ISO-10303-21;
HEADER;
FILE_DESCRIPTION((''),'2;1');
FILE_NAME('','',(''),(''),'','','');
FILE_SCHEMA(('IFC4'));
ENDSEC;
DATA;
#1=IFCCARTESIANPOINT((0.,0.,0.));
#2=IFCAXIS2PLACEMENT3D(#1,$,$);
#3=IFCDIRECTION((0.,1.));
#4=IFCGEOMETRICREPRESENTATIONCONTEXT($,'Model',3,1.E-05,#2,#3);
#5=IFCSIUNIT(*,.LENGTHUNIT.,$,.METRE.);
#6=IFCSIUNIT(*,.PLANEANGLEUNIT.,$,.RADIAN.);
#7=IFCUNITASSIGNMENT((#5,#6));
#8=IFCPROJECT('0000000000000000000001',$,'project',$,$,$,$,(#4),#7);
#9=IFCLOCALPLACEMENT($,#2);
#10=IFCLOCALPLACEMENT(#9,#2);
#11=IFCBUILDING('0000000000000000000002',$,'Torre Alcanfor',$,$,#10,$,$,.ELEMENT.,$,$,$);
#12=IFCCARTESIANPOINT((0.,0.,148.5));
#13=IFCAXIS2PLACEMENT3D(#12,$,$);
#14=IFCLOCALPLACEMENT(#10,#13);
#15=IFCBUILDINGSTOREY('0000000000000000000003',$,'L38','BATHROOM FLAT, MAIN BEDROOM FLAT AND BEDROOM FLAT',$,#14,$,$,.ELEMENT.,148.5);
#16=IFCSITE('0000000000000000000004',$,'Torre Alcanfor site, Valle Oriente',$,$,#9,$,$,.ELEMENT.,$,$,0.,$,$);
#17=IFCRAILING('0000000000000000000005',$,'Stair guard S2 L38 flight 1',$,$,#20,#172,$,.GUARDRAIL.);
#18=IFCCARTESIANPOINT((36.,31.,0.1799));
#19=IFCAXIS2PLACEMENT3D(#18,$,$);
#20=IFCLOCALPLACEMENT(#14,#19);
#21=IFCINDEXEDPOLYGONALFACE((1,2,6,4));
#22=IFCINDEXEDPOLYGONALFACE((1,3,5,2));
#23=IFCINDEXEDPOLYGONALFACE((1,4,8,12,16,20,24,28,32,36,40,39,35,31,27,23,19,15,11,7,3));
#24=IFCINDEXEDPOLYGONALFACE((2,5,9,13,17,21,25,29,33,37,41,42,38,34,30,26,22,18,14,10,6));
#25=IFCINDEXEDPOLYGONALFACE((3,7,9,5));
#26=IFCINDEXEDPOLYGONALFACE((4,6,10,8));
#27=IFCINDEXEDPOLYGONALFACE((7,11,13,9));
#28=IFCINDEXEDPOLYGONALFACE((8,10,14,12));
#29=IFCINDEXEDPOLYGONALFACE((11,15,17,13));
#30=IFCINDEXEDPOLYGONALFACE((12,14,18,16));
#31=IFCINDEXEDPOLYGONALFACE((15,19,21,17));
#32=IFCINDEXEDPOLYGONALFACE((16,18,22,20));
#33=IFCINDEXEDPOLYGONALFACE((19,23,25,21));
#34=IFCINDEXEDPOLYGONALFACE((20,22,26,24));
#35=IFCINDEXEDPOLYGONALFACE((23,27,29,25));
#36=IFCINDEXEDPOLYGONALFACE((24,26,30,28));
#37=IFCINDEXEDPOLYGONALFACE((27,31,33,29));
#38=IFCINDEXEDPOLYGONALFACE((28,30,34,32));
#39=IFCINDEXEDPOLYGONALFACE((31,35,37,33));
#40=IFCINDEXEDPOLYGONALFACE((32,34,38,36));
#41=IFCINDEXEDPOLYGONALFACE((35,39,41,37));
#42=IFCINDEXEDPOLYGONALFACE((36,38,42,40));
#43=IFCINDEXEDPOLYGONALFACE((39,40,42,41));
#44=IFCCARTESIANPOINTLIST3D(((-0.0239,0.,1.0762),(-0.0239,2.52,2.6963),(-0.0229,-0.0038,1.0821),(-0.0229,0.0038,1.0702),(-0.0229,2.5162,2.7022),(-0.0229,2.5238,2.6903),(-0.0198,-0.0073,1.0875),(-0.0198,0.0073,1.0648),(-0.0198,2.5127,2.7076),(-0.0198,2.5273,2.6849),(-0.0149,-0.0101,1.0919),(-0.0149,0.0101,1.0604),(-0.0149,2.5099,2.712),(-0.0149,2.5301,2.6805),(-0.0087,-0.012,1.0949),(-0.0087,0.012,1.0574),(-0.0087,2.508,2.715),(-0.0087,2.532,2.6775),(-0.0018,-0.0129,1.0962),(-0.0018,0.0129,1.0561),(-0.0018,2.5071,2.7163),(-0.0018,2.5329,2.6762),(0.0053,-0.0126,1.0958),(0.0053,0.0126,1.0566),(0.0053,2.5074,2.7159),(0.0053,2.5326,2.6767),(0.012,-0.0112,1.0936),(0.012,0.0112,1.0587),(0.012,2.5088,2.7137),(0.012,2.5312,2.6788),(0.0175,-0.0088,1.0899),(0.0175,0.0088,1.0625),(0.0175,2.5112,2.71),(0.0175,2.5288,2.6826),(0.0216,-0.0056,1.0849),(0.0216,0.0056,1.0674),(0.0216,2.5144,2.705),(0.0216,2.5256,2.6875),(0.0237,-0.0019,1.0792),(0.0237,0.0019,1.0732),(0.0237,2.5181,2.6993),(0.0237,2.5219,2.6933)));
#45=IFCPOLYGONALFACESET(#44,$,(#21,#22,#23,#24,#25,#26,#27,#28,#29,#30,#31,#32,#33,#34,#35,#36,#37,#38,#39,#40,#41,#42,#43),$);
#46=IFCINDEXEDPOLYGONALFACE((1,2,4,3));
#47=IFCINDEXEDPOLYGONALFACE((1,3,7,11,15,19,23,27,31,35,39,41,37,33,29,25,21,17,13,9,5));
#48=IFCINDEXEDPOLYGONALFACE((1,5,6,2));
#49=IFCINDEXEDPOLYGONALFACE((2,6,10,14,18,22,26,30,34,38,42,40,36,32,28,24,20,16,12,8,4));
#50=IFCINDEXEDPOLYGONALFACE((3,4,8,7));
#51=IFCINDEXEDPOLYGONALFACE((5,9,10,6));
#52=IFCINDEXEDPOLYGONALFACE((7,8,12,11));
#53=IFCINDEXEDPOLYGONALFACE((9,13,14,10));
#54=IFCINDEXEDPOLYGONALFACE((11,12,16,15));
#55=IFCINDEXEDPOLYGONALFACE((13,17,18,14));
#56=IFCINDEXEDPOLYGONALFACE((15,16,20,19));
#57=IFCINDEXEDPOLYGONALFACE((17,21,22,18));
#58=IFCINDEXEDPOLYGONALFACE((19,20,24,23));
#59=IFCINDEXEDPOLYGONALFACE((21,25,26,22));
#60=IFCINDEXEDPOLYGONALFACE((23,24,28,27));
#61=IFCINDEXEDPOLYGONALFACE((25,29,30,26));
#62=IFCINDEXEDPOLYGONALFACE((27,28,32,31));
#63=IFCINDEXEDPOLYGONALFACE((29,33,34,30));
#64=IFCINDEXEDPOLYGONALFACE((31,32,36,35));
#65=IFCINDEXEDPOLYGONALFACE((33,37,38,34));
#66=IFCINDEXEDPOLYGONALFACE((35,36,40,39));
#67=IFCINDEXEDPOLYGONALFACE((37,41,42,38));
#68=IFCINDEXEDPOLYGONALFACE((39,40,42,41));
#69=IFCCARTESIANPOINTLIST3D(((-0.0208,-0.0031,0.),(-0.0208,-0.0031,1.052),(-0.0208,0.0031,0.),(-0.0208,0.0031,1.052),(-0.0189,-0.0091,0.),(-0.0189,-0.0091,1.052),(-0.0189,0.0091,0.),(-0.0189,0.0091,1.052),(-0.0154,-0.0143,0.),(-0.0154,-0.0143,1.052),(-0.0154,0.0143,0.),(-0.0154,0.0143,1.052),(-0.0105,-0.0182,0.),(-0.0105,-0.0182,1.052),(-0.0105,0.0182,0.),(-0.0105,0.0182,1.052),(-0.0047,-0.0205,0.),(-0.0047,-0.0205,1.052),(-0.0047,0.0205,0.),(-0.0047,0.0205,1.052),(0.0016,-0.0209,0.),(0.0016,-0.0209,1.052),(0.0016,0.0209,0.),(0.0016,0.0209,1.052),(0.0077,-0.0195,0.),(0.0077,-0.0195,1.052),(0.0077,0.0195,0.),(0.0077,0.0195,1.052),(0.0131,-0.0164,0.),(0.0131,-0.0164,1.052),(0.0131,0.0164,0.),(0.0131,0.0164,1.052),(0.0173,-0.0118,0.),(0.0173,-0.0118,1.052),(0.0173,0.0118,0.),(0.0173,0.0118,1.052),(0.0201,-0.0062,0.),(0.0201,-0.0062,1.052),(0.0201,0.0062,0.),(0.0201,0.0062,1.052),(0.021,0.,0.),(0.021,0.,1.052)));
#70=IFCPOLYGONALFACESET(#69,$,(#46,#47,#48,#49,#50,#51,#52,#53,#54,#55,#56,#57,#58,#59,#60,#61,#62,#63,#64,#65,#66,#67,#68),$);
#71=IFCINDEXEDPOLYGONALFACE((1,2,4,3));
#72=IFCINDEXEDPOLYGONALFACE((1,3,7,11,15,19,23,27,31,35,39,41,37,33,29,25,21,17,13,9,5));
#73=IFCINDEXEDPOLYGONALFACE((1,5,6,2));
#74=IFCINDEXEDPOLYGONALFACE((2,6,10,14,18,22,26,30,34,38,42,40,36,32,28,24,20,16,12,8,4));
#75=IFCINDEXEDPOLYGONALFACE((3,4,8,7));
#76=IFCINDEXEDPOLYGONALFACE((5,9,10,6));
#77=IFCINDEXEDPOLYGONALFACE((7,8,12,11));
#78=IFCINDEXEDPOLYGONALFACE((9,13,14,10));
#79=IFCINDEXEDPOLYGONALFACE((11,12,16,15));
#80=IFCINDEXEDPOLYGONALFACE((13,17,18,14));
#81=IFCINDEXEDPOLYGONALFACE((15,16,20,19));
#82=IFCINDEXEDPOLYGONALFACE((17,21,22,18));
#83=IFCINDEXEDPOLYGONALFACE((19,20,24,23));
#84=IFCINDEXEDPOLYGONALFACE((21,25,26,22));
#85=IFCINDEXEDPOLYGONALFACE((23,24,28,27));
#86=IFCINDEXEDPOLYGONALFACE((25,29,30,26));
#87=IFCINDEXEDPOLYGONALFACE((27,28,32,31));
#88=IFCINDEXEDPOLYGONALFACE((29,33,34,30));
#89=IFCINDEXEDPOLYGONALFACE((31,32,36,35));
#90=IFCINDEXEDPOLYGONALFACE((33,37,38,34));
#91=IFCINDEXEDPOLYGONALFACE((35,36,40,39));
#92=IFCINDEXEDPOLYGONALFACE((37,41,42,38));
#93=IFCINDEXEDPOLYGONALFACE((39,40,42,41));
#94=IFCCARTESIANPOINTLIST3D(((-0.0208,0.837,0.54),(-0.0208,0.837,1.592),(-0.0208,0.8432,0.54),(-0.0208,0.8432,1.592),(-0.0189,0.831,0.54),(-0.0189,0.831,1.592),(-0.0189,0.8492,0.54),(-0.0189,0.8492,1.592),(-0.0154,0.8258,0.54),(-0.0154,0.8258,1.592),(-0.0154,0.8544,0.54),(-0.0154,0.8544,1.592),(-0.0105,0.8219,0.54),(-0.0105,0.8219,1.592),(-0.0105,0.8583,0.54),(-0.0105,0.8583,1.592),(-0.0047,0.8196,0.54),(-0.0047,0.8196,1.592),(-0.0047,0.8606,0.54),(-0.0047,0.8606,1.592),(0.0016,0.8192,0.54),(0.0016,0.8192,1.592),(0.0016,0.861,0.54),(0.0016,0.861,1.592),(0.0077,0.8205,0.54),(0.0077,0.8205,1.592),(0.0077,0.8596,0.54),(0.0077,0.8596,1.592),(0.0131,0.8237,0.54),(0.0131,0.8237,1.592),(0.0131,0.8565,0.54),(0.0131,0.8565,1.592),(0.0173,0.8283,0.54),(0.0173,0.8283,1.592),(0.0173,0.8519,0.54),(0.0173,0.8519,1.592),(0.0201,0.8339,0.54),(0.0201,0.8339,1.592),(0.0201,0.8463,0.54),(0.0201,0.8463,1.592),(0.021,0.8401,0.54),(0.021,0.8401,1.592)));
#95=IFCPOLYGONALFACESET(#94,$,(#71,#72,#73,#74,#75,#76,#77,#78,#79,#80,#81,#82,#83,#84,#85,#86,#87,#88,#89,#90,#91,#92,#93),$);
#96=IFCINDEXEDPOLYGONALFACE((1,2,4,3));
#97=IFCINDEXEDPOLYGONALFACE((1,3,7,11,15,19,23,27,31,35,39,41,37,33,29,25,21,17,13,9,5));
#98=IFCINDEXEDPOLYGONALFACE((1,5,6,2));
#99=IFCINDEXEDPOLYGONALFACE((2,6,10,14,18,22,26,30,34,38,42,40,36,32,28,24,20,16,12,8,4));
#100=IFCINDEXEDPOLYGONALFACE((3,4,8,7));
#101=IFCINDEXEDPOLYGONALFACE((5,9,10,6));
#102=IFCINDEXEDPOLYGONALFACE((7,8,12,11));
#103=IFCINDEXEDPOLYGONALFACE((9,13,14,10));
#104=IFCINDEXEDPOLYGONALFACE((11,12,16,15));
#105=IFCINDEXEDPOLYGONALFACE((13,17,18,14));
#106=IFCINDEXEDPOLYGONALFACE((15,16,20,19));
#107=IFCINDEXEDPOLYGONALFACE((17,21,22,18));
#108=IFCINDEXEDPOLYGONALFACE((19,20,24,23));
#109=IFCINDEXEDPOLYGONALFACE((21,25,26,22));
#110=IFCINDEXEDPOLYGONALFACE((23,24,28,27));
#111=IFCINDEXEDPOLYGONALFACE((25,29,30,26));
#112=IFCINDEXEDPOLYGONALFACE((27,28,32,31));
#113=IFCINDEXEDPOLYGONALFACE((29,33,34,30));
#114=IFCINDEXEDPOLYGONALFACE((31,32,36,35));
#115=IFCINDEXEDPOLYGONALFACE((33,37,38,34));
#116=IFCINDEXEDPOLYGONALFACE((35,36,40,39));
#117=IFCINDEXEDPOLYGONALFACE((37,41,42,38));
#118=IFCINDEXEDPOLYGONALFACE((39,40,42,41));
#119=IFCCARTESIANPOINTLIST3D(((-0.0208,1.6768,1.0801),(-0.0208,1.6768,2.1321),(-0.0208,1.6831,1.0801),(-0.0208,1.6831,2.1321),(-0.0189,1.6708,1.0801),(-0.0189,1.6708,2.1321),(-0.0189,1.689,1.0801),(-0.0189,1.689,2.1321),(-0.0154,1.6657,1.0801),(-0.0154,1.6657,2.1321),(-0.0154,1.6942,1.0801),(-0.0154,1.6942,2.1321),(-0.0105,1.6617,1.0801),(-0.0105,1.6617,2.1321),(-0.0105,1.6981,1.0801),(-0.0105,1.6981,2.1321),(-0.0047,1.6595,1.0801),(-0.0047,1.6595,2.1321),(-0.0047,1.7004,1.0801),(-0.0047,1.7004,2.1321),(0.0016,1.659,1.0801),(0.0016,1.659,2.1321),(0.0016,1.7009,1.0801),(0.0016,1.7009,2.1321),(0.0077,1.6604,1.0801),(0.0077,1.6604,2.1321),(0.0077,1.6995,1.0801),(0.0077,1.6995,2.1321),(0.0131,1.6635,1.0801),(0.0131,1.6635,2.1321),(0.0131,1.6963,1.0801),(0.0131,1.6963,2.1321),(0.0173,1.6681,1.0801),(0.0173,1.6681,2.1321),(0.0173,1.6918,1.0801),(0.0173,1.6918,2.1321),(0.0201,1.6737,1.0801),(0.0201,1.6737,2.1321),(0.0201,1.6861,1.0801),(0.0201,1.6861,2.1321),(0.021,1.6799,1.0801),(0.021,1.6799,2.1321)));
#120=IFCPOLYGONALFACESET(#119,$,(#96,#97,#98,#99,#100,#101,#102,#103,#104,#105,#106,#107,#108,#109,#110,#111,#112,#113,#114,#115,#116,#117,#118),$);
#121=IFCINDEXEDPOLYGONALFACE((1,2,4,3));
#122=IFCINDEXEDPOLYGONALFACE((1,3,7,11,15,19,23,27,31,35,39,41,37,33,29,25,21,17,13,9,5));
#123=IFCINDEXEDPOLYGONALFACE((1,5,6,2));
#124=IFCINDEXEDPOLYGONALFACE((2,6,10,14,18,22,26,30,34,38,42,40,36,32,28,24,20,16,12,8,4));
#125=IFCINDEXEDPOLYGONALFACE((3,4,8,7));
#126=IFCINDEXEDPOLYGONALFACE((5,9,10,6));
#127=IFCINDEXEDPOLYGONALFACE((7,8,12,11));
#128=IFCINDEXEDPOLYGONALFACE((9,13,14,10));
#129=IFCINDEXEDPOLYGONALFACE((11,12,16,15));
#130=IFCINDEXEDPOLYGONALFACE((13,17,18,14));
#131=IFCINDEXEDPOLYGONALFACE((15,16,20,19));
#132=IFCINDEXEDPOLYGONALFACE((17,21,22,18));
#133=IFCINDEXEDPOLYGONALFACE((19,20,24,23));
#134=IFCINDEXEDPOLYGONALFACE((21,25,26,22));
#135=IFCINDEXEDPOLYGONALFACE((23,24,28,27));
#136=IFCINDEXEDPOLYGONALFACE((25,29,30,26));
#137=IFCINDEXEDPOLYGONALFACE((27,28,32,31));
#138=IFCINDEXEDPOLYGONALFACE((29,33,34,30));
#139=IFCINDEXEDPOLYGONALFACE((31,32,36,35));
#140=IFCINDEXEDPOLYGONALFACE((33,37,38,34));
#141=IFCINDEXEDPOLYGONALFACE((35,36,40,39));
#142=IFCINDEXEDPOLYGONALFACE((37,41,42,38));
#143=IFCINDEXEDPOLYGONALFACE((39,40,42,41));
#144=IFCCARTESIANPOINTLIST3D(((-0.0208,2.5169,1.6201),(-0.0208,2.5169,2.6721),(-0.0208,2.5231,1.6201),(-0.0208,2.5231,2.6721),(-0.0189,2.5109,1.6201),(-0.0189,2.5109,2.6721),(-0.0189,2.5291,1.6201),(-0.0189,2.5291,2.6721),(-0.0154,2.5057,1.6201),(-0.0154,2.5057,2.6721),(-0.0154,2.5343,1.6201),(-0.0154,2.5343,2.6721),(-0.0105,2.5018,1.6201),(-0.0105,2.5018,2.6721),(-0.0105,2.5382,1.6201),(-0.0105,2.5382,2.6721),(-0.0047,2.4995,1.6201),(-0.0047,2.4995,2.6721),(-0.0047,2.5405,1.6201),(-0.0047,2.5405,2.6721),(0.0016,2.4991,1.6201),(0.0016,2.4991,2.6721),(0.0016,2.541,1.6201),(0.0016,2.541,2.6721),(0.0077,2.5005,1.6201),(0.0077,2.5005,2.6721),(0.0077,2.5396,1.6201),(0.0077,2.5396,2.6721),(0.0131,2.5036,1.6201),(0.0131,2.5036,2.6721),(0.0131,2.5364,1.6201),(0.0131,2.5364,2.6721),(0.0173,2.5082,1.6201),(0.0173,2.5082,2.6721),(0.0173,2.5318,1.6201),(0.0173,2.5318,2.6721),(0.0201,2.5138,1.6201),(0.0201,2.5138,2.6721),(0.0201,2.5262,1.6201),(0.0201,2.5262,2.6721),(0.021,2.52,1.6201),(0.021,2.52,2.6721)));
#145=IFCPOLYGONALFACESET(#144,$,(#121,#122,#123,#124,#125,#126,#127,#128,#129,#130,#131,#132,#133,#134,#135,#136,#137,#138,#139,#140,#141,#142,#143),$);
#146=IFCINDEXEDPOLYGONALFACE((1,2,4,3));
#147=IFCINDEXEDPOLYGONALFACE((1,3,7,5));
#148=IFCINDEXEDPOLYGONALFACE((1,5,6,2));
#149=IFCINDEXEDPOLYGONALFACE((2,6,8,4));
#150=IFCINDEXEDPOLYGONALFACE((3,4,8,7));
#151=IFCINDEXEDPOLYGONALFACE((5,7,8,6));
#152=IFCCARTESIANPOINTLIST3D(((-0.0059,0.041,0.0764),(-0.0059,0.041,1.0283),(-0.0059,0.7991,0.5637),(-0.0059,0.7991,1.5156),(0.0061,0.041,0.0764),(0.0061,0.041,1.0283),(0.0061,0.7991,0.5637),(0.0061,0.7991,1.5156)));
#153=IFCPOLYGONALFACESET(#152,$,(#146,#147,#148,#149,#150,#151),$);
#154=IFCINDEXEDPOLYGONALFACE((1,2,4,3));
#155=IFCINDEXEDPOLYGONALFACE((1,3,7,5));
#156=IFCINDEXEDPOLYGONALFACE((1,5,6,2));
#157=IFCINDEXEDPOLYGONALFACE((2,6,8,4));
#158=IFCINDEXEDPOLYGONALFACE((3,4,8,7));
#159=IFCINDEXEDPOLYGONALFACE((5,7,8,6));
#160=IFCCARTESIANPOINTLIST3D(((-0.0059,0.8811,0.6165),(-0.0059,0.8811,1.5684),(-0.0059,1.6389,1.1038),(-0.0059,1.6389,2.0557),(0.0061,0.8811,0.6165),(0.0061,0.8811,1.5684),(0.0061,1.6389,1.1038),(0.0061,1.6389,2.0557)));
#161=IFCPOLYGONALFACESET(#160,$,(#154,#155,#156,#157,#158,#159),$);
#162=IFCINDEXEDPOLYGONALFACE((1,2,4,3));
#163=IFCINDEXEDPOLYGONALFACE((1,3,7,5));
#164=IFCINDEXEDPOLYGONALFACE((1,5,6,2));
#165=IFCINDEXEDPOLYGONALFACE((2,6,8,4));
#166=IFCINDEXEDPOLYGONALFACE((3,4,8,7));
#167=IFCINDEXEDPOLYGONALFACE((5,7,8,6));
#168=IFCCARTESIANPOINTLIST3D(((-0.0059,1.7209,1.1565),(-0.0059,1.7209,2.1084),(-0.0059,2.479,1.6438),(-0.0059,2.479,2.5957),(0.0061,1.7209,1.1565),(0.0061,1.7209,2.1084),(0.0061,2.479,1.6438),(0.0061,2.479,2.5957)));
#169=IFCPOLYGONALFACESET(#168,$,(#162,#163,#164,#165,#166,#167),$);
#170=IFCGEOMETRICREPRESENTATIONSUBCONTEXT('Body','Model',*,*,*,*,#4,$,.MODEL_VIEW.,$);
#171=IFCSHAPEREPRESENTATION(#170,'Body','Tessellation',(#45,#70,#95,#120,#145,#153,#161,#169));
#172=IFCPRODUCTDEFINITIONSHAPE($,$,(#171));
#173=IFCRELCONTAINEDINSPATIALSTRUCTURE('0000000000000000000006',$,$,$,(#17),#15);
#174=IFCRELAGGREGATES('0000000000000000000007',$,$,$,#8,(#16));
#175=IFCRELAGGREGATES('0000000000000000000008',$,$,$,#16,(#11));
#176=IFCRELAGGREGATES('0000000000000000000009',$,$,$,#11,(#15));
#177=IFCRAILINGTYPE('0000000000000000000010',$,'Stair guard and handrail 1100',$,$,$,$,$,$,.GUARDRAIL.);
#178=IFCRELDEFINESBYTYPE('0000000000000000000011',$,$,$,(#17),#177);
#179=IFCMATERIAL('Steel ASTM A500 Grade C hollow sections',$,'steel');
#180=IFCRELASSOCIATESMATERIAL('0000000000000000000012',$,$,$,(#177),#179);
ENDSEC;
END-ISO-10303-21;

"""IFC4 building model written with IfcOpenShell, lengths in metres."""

from ifc_helpers import new_model, si_unit, direction, frame, origin, origin_2d, place, context, subcontext, project, spatial, polyline, circle, outline, extrude, material, type_object, element, save


model = new_model("IFC4")

# Units and contexts
model_context = context("Model", 3, precision=1e-05, world=origin(), true_north=direction((0.0, 1.0)))
body_context = subcontext(model_context, "Body", "Model", "MODEL_VIEW")
ifc_project = project(units=[si_unit("LENGTHUNIT", "METRE"), si_unit("PLANEANGLEUNIT", "RADIAN")], contexts=[model_context])

# Site, building, storey
site_placement = place(None, origin())
site = spatial("IfcSite", under=ifc_project, at=site_placement, Name="Torre Alcanfor site, Valle Oriente", CompositionType="ELEMENT", RefElevation=0.0)
building_placement = place(site_placement, origin())
building = spatial("IfcBuilding", under=site, at=building_placement, Name="Torre Alcanfor", CompositionType="ELEMENT")
storey_placement = place(building_placement, frame((0.0, 0.0, 148.5)))
storey = spatial("IfcBuildingStorey", under=building, at=storey_placement, Name="L38", Description="BATHROOM FLAT, MAIN BEDROOM FLAT AND BEDROOM FLAT", CompositionType="ELEMENT", Elevation=148.5)

# Railing
ifc_material_1 = material(Name="Steel ASTM A500 Grade C hollow sections", Category="steel")
railing_type_1 = type_object("IfcRailingType", Name="Stair guard and handrail 1100", PredefinedType="GUARDRAIL", material=ifc_material_1)
railing_1_placement = place(storey_placement, frame((36.0, 31.0, 0.1799)))
element("IfcRailing", 1, at=railing_1_placement, inside=storey, type_object=railing_type_1, Name="Stair guard S2 L38 flight 1", PredefinedType="GUARDRAIL", context=body_context, shape_type="SweptSolid", body=[
    extrude(circle(Radius=0.0239, at=origin_2d()), frame((0.0, 0.0, 1.0762), z_axis=(0.0, 0.841163, 0.540782), x_axis=(-1.0, 0.0, 0.0)), (0.0, 0.0, 1.0), 2.9958),
    extrude(circle(Radius=0.021, at=origin_2d()), origin(), (0.0, 0.0, 1.0), 1.052),
    extrude(circle(Radius=0.021, at=origin_2d()), frame((0.0, 0.8401, 0.54)), (0.0, 0.0, 1.0), 1.052),
    extrude(circle(Radius=0.021, at=origin_2d()), frame((0.0, 1.6799, 1.0801)), (0.0, 0.0, 1.0), 1.052),
    extrude(circle(Radius=0.021, at=origin_2d()), frame((0.0, 2.52, 1.6201)), (0.0, 0.0, 1.0), 1.052),
    extrude(outline(polyline([(0.041, 0.0764), (0.7991, 0.5637), (0.7991, 1.5156), (0.041, 1.0283), (0.041, 0.0764)])), frame((-0.0059, 0.0, 0.0), z_axis=(1.0, 0.0, 0.0), x_axis=(0.0, 1.0, 0.0)), (0.0, 0.0, 1.0), 0.012),
    extrude(outline(polyline([(0.8811, 0.6165), (1.6389, 1.1038), (1.6389, 2.0557), (0.8811, 1.5684), (0.8811, 0.6165)])), frame((-0.0059, 0.0, 0.0), z_axis=(1.0, 0.0, 0.0), x_axis=(0.0, 1.0, 0.0)), (0.0, 0.0, 1.0), 0.012),
    extrude(outline(polyline([(1.7209, 1.1565), (2.479, 1.6438), (2.479, 2.5957), (1.7209, 2.1084), (1.7209, 1.1565)])), frame((-0.0059, 0.0, 0.0), z_axis=(1.0, 0.0, 0.0), x_axis=(0.0, 1.0, 0.0)), (0.0, 0.0, 1.0), 0.012),
])

save(model, "model.ifc")
